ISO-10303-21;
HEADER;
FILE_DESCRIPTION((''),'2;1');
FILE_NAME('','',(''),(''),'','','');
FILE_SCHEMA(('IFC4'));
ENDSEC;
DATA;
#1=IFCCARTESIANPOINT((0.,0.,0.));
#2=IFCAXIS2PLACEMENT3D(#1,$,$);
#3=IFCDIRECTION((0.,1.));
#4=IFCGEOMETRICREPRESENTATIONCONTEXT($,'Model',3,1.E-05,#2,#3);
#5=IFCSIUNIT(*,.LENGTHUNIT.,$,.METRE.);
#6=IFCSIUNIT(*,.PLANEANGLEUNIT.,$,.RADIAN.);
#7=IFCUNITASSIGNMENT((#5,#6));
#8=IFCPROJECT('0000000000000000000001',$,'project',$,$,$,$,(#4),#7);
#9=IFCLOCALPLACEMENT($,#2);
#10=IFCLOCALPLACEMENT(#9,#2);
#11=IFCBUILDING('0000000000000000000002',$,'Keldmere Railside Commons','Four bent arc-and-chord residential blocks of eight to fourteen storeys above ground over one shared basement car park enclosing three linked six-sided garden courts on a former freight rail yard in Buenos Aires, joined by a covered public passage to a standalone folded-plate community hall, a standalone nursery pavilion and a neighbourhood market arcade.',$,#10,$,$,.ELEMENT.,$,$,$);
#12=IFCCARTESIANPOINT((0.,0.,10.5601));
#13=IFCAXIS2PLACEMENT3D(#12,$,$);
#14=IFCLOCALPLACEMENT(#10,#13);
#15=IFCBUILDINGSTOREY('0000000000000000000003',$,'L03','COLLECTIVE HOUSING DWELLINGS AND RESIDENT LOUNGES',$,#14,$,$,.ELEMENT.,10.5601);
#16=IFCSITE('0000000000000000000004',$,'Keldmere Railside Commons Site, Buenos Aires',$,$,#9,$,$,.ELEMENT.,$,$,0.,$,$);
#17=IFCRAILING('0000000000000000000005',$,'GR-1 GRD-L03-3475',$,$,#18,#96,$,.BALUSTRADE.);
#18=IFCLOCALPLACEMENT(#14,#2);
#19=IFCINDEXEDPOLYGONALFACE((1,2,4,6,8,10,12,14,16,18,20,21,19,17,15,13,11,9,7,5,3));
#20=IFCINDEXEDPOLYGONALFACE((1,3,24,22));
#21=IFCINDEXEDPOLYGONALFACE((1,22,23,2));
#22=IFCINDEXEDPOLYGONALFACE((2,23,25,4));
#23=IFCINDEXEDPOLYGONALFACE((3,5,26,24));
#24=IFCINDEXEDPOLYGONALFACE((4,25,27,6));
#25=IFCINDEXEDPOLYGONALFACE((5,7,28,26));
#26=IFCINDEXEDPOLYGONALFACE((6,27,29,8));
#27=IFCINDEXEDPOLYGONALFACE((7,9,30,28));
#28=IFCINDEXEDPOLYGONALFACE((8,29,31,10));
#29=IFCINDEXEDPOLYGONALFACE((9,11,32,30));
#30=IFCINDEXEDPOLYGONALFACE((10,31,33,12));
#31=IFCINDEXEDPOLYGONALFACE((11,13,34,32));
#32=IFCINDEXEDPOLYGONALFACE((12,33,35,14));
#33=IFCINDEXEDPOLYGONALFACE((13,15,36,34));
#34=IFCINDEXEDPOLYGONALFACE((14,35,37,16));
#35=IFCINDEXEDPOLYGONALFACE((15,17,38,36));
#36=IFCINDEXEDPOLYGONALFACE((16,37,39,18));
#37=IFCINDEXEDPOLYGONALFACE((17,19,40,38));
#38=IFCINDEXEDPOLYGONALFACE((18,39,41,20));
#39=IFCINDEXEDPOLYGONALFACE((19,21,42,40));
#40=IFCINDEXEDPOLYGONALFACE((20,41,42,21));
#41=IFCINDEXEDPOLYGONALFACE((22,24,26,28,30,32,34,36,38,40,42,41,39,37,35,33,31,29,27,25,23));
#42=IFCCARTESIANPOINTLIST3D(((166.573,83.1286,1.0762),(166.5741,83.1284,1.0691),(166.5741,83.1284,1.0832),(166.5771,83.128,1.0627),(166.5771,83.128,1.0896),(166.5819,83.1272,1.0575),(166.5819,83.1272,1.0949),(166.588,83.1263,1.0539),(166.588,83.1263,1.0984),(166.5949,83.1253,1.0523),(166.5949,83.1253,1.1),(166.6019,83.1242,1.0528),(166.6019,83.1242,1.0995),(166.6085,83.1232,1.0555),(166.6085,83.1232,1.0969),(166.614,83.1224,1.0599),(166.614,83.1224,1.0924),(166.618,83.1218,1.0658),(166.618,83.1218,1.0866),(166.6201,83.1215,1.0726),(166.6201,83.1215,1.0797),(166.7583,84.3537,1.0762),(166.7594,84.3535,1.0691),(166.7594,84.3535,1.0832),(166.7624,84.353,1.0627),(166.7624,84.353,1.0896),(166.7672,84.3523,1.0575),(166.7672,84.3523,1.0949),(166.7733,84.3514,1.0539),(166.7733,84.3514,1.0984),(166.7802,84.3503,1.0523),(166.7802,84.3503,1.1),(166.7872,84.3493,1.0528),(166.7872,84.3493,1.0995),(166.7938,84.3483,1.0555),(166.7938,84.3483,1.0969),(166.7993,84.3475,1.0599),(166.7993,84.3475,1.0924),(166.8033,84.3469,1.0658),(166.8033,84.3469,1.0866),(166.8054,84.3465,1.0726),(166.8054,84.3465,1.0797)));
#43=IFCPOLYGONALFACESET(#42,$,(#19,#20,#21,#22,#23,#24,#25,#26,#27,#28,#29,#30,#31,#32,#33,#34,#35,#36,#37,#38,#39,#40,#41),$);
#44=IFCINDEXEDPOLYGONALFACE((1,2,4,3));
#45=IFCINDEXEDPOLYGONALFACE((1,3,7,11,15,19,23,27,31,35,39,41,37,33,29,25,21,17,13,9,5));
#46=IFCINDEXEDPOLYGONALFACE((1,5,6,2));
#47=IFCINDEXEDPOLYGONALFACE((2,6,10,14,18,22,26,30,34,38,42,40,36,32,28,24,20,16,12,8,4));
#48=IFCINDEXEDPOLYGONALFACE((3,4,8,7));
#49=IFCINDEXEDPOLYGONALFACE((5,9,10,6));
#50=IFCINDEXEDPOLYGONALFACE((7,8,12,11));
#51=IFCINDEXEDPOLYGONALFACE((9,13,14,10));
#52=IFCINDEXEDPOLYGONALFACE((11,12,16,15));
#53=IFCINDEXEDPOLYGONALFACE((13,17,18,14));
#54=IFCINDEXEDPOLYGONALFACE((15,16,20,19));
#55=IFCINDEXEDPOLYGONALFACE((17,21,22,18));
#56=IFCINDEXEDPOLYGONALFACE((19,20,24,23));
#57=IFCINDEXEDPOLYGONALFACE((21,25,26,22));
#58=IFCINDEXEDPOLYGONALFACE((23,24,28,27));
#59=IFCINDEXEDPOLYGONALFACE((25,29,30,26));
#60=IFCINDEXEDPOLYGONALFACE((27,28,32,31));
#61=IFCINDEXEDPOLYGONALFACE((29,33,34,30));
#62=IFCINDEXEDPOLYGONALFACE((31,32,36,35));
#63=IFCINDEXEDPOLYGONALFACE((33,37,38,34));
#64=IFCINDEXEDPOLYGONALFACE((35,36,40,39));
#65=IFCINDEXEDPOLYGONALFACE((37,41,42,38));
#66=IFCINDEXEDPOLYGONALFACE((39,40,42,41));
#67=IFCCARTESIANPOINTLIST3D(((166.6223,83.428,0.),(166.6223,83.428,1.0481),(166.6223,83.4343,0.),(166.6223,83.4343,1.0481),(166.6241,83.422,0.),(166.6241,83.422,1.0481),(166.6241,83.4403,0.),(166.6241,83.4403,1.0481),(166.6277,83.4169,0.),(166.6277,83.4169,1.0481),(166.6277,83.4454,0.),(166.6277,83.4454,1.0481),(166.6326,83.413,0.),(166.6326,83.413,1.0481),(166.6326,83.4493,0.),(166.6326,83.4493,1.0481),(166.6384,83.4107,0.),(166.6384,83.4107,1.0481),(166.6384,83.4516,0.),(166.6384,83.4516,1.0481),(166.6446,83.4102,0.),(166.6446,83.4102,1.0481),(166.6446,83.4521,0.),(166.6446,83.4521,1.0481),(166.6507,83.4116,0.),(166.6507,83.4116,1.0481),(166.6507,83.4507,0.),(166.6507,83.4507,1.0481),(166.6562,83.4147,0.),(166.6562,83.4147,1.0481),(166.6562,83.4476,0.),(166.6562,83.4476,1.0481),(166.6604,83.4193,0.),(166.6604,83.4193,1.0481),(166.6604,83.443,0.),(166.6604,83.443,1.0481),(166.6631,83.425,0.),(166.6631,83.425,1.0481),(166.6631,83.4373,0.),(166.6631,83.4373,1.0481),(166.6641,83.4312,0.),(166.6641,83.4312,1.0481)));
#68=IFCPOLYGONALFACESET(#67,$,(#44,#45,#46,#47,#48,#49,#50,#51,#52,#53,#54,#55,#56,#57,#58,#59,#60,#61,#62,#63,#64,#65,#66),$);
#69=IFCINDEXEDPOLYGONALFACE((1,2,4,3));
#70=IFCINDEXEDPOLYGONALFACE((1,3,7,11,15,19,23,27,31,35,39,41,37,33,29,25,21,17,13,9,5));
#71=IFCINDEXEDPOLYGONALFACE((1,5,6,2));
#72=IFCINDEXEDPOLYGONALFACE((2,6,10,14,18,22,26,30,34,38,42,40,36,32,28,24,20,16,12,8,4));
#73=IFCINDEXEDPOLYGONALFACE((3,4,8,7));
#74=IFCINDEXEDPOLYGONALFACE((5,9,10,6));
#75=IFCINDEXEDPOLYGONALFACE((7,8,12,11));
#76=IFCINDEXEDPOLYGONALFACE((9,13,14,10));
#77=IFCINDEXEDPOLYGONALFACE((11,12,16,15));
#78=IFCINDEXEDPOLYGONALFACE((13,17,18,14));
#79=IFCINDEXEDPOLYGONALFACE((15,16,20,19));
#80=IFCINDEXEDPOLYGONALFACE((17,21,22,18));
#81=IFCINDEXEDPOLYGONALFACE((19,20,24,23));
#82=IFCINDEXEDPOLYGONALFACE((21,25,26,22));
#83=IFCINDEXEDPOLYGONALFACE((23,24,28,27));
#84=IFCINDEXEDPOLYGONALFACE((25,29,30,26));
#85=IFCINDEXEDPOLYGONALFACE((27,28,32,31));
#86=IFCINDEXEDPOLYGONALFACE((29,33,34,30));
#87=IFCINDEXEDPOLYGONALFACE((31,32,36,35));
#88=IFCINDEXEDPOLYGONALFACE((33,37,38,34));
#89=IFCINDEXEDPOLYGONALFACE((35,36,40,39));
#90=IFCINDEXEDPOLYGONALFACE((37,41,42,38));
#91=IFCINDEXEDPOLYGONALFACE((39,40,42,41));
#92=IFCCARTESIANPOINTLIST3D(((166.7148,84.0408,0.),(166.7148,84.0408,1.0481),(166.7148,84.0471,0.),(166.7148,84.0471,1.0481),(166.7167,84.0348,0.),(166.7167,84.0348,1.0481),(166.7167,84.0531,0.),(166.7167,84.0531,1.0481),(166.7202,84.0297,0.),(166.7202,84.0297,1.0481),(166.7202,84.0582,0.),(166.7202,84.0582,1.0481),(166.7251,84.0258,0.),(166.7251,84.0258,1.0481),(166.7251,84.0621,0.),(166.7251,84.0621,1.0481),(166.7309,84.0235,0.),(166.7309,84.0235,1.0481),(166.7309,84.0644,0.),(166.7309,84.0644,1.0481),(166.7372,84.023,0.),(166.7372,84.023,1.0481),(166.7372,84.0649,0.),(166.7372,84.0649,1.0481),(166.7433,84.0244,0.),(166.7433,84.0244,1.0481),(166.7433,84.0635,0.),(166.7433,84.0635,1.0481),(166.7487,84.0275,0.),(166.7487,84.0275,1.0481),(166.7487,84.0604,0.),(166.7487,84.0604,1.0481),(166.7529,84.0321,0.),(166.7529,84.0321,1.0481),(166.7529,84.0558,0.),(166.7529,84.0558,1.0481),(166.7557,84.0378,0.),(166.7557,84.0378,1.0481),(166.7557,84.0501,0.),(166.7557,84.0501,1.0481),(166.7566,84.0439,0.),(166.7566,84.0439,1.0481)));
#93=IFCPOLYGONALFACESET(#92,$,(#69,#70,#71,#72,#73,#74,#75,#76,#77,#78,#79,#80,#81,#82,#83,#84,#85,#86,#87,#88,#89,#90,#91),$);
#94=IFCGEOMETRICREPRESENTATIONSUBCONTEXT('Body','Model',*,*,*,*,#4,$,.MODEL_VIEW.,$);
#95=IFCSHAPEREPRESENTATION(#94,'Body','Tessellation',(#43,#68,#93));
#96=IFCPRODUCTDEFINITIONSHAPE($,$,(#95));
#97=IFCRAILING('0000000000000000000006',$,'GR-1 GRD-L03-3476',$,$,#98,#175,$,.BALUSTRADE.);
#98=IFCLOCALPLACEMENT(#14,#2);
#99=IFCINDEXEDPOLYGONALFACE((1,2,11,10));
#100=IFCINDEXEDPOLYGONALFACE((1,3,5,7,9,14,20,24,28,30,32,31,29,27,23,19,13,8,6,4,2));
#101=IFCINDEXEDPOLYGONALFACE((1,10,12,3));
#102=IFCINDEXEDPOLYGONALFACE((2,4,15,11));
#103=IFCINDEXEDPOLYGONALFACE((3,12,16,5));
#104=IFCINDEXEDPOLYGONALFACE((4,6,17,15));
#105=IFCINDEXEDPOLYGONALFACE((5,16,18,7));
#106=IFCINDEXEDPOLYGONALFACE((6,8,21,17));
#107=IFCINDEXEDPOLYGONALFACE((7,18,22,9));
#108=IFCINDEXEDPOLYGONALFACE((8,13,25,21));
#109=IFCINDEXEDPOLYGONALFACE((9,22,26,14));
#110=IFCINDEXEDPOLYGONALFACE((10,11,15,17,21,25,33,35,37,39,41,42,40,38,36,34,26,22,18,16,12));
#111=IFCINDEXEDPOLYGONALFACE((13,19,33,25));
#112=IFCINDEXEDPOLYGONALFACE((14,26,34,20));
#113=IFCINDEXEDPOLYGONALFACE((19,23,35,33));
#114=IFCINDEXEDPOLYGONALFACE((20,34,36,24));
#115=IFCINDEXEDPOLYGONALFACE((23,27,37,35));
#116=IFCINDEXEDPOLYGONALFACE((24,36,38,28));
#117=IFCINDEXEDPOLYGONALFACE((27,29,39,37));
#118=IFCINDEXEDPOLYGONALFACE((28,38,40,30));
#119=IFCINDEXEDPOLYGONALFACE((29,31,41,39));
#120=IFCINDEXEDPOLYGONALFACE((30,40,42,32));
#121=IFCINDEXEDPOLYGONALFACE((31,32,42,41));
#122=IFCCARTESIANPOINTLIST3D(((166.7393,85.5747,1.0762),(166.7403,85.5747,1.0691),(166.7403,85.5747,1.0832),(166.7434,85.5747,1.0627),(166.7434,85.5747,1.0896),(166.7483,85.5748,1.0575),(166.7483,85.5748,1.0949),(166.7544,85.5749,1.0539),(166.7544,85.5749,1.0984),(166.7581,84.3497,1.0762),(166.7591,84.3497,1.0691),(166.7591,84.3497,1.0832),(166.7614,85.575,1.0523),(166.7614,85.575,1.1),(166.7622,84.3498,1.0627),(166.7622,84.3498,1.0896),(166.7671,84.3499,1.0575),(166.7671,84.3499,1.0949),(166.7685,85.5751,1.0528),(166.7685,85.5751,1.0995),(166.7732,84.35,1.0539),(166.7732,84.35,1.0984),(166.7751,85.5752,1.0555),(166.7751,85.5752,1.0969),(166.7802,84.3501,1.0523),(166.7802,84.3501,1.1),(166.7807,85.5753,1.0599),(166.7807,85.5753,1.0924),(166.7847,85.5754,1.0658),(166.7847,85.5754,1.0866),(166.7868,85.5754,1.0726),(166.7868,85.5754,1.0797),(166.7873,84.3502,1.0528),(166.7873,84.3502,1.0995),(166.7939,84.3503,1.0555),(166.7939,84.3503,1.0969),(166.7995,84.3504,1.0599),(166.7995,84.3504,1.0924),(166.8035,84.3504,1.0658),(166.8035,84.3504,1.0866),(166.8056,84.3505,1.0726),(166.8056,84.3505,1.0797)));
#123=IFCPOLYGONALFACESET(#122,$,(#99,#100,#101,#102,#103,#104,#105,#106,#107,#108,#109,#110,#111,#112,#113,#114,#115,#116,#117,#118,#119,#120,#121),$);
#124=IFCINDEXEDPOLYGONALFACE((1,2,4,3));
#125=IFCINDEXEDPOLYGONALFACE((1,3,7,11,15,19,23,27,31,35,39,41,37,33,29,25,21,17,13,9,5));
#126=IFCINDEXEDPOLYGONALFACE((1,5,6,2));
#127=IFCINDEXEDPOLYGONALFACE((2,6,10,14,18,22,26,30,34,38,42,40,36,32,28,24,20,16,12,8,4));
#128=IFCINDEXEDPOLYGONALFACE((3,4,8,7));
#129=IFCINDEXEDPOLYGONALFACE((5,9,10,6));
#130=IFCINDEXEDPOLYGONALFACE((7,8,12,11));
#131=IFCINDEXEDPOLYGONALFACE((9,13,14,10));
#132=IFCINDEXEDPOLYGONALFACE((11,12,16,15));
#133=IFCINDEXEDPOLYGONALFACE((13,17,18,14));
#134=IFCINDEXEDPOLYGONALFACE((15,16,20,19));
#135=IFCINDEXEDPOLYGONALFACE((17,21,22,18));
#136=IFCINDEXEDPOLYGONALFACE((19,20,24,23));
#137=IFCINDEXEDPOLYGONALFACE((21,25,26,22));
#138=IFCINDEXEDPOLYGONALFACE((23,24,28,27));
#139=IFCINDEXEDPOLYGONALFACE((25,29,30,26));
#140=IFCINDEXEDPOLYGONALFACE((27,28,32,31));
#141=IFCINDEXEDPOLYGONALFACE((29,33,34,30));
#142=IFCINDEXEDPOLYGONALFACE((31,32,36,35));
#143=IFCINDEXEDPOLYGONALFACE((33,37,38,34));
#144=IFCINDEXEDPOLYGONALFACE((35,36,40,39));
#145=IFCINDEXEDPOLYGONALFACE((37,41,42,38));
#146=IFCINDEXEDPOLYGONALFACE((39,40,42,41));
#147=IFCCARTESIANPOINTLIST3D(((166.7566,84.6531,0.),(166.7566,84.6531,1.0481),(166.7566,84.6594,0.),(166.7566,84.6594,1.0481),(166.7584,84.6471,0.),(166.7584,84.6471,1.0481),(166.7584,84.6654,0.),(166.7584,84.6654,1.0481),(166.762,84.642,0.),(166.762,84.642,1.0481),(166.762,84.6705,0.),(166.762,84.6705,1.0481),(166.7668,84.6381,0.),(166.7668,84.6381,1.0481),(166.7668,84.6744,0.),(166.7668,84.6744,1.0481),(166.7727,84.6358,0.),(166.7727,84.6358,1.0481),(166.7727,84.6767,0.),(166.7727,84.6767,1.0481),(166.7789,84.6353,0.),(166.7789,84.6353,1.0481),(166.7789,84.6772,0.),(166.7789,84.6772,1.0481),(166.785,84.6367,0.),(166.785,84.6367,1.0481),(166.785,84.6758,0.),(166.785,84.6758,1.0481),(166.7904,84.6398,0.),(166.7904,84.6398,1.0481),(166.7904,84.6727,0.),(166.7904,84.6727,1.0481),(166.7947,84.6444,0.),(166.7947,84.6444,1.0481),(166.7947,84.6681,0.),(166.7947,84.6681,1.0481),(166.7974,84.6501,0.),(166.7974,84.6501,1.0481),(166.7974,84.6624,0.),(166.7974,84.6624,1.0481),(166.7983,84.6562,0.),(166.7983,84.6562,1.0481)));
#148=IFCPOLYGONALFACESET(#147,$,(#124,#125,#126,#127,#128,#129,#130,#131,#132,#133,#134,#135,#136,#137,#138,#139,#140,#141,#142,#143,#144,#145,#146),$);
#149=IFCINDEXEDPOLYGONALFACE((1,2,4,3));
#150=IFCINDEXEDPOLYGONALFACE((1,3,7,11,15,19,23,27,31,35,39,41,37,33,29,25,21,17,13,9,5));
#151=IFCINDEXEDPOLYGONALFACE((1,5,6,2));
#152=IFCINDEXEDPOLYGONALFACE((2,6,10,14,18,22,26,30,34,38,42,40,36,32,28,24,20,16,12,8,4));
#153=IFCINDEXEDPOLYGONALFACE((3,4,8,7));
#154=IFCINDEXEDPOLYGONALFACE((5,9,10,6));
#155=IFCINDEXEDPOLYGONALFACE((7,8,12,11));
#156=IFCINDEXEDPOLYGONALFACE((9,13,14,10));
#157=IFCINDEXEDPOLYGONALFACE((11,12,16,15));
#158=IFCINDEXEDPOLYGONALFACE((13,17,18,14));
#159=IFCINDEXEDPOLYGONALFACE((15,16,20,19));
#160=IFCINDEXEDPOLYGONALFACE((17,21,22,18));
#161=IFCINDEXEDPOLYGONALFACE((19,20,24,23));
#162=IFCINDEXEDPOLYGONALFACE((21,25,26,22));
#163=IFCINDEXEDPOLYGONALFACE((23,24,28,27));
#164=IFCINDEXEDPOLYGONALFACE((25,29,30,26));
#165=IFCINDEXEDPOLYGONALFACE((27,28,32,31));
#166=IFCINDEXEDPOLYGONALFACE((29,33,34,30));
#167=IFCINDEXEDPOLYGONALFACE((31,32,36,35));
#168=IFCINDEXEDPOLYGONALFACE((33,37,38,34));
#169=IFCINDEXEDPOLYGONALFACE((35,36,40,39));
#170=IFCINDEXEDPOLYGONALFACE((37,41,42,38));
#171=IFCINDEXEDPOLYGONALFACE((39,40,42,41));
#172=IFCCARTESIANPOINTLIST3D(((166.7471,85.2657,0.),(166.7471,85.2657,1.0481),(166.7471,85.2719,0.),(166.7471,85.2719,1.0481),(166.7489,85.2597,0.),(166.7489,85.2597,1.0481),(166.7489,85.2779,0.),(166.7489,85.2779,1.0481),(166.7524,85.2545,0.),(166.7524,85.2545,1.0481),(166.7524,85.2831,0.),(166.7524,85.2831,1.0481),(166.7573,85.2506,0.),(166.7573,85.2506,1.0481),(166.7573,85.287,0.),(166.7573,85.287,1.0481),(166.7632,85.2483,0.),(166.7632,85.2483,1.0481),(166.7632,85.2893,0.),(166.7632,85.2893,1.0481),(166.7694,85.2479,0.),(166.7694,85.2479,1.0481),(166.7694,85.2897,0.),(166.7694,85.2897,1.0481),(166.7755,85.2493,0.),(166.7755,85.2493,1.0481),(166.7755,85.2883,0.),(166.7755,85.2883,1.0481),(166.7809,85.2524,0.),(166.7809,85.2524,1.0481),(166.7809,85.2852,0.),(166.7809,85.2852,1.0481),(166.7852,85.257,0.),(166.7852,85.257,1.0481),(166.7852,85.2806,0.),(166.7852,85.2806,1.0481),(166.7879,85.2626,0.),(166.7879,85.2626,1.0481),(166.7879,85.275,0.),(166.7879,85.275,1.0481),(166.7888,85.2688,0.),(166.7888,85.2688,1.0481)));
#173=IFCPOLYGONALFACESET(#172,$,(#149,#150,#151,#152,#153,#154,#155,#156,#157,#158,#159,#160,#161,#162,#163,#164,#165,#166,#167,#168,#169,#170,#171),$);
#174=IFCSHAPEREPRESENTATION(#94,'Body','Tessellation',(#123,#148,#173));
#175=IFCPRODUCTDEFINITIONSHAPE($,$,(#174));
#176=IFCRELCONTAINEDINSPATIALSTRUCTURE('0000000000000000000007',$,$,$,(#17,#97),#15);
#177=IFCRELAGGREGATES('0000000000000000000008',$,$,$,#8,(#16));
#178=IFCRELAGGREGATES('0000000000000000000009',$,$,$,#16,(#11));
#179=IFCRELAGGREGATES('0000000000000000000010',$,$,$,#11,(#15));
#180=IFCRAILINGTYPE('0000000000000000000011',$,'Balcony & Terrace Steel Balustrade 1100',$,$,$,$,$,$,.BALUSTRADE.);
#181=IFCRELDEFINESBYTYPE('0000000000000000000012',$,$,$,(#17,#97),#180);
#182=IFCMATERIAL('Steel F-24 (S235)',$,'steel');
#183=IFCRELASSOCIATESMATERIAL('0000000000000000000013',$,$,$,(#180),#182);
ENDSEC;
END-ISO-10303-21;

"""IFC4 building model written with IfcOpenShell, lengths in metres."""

from ifc_helpers import new_model, si_unit, direction, frame, origin, origin_2d, place, context, subcontext, project, spatial, circle, extrude, material, type_object, element, save


model = new_model("IFC4")

# Units and contexts
model_context = context("Model", 3, precision=1e-05, world=origin(), true_north=direction((0.0, 1.0)))
body_context = subcontext(model_context, "Body", "Model", "MODEL_VIEW")
ifc_project = project(units=[si_unit("LENGTHUNIT", "METRE"), si_unit("PLANEANGLEUNIT", "RADIAN")], contexts=[model_context])

# Site, building, storey
site_placement = place(None, origin())
site = spatial("IfcSite", under=ifc_project, at=site_placement, Name="Keldmere Railside Commons Site, Buenos Aires", CompositionType="ELEMENT", RefElevation=0.0)
building_placement = place(site_placement, origin())
building = spatial("IfcBuilding", under=site, at=building_placement, Name="Keldmere Railside Commons", Description="Four bent arc-and-chord residential blocks of eight to fourteen storeys above ground over one shared basement car park enclosing three linked six-sided garden courts on a former freight rail yard in Buenos Aires, joined by a covered public passage to a standalone folded-plate community hall, a standalone nursery pavilion and a neighbourhood market arcade.", CompositionType="ELEMENT")
storey_placement = place(building_placement, frame((0.0, 0.0, 10.5601)))
storey = spatial("IfcBuildingStorey", under=building, at=storey_placement, Name="L03", Description="COLLECTIVE HOUSING DWELLINGS AND RESIDENT LOUNGES", CompositionType="ELEMENT", Elevation=10.5601)

# Railings
ifc_material_1 = material(Name="Steel F-24 (S235)", Category="steel")
railing_type = type_object("IfcRailingType", Name="Balcony & Terrace Steel Balustrade 1100", PredefinedType="BALUSTRADE", material=ifc_material_1)
railing_1_placement = place(storey_placement, frame((166.5967, 83.125, 0.0)))
element("IfcRailing", 1, at=railing_1_placement, inside=storey, type_object=railing_type, Name="GR-1 GRD-L03-3475", PredefinedType="BALUSTRADE", context=body_context, shape_type="SweptSolid", body=[
    extrude(circle(Radius=0.0239, at=origin_2d()), frame((0.0, 0.0, 1.0762), z_axis=(0.149554, 0.988754, 0.0), x_axis=(-0.988754, 0.149554, 0.0)), (0.0, 0.0, 1.0), 1.239),
    extrude(circle(Radius=0.021, at=origin_2d()), frame((0.0464, 0.3062, 0.0)), (0.0, 0.0, 1.0), 1.0481),
    extrude(circle(Radius=0.021, at=origin_2d()), frame((0.1389, 0.9189, 0.0)), (0.0, 0.0, 1.0), 1.0481),
])
railing_2_placement = place(storey_placement, frame((166.782, 84.3501, 0.0)))
element("IfcRailing", 2, at=railing_2_placement, inside=storey, type_object=railing_type, Name="GR-1 GRD-L03-3476", PredefinedType="BALUSTRADE", context=body_context, shape_type="SweptSolid", body=[
    extrude(circle(Radius=0.0239, at=origin_2d()), frame((0.0, 0.0, 1.0762), z_axis=(-0.015346, 0.999882, 0.0), x_axis=(-0.999882, -0.015346, 0.0)), (0.0, 0.0, 1.0), 1.2251),
    extrude(circle(Radius=0.021, at=origin_2d()), frame((-0.0046, 0.3062, 0.0)), (0.0, 0.0, 1.0), 1.0481),
    extrude(circle(Radius=0.021, at=origin_2d()), frame((-0.0142, 0.9187, 0.0)), (0.0, 0.0, 1.0), 1.0481),
])

save(model, "model.ifc")
